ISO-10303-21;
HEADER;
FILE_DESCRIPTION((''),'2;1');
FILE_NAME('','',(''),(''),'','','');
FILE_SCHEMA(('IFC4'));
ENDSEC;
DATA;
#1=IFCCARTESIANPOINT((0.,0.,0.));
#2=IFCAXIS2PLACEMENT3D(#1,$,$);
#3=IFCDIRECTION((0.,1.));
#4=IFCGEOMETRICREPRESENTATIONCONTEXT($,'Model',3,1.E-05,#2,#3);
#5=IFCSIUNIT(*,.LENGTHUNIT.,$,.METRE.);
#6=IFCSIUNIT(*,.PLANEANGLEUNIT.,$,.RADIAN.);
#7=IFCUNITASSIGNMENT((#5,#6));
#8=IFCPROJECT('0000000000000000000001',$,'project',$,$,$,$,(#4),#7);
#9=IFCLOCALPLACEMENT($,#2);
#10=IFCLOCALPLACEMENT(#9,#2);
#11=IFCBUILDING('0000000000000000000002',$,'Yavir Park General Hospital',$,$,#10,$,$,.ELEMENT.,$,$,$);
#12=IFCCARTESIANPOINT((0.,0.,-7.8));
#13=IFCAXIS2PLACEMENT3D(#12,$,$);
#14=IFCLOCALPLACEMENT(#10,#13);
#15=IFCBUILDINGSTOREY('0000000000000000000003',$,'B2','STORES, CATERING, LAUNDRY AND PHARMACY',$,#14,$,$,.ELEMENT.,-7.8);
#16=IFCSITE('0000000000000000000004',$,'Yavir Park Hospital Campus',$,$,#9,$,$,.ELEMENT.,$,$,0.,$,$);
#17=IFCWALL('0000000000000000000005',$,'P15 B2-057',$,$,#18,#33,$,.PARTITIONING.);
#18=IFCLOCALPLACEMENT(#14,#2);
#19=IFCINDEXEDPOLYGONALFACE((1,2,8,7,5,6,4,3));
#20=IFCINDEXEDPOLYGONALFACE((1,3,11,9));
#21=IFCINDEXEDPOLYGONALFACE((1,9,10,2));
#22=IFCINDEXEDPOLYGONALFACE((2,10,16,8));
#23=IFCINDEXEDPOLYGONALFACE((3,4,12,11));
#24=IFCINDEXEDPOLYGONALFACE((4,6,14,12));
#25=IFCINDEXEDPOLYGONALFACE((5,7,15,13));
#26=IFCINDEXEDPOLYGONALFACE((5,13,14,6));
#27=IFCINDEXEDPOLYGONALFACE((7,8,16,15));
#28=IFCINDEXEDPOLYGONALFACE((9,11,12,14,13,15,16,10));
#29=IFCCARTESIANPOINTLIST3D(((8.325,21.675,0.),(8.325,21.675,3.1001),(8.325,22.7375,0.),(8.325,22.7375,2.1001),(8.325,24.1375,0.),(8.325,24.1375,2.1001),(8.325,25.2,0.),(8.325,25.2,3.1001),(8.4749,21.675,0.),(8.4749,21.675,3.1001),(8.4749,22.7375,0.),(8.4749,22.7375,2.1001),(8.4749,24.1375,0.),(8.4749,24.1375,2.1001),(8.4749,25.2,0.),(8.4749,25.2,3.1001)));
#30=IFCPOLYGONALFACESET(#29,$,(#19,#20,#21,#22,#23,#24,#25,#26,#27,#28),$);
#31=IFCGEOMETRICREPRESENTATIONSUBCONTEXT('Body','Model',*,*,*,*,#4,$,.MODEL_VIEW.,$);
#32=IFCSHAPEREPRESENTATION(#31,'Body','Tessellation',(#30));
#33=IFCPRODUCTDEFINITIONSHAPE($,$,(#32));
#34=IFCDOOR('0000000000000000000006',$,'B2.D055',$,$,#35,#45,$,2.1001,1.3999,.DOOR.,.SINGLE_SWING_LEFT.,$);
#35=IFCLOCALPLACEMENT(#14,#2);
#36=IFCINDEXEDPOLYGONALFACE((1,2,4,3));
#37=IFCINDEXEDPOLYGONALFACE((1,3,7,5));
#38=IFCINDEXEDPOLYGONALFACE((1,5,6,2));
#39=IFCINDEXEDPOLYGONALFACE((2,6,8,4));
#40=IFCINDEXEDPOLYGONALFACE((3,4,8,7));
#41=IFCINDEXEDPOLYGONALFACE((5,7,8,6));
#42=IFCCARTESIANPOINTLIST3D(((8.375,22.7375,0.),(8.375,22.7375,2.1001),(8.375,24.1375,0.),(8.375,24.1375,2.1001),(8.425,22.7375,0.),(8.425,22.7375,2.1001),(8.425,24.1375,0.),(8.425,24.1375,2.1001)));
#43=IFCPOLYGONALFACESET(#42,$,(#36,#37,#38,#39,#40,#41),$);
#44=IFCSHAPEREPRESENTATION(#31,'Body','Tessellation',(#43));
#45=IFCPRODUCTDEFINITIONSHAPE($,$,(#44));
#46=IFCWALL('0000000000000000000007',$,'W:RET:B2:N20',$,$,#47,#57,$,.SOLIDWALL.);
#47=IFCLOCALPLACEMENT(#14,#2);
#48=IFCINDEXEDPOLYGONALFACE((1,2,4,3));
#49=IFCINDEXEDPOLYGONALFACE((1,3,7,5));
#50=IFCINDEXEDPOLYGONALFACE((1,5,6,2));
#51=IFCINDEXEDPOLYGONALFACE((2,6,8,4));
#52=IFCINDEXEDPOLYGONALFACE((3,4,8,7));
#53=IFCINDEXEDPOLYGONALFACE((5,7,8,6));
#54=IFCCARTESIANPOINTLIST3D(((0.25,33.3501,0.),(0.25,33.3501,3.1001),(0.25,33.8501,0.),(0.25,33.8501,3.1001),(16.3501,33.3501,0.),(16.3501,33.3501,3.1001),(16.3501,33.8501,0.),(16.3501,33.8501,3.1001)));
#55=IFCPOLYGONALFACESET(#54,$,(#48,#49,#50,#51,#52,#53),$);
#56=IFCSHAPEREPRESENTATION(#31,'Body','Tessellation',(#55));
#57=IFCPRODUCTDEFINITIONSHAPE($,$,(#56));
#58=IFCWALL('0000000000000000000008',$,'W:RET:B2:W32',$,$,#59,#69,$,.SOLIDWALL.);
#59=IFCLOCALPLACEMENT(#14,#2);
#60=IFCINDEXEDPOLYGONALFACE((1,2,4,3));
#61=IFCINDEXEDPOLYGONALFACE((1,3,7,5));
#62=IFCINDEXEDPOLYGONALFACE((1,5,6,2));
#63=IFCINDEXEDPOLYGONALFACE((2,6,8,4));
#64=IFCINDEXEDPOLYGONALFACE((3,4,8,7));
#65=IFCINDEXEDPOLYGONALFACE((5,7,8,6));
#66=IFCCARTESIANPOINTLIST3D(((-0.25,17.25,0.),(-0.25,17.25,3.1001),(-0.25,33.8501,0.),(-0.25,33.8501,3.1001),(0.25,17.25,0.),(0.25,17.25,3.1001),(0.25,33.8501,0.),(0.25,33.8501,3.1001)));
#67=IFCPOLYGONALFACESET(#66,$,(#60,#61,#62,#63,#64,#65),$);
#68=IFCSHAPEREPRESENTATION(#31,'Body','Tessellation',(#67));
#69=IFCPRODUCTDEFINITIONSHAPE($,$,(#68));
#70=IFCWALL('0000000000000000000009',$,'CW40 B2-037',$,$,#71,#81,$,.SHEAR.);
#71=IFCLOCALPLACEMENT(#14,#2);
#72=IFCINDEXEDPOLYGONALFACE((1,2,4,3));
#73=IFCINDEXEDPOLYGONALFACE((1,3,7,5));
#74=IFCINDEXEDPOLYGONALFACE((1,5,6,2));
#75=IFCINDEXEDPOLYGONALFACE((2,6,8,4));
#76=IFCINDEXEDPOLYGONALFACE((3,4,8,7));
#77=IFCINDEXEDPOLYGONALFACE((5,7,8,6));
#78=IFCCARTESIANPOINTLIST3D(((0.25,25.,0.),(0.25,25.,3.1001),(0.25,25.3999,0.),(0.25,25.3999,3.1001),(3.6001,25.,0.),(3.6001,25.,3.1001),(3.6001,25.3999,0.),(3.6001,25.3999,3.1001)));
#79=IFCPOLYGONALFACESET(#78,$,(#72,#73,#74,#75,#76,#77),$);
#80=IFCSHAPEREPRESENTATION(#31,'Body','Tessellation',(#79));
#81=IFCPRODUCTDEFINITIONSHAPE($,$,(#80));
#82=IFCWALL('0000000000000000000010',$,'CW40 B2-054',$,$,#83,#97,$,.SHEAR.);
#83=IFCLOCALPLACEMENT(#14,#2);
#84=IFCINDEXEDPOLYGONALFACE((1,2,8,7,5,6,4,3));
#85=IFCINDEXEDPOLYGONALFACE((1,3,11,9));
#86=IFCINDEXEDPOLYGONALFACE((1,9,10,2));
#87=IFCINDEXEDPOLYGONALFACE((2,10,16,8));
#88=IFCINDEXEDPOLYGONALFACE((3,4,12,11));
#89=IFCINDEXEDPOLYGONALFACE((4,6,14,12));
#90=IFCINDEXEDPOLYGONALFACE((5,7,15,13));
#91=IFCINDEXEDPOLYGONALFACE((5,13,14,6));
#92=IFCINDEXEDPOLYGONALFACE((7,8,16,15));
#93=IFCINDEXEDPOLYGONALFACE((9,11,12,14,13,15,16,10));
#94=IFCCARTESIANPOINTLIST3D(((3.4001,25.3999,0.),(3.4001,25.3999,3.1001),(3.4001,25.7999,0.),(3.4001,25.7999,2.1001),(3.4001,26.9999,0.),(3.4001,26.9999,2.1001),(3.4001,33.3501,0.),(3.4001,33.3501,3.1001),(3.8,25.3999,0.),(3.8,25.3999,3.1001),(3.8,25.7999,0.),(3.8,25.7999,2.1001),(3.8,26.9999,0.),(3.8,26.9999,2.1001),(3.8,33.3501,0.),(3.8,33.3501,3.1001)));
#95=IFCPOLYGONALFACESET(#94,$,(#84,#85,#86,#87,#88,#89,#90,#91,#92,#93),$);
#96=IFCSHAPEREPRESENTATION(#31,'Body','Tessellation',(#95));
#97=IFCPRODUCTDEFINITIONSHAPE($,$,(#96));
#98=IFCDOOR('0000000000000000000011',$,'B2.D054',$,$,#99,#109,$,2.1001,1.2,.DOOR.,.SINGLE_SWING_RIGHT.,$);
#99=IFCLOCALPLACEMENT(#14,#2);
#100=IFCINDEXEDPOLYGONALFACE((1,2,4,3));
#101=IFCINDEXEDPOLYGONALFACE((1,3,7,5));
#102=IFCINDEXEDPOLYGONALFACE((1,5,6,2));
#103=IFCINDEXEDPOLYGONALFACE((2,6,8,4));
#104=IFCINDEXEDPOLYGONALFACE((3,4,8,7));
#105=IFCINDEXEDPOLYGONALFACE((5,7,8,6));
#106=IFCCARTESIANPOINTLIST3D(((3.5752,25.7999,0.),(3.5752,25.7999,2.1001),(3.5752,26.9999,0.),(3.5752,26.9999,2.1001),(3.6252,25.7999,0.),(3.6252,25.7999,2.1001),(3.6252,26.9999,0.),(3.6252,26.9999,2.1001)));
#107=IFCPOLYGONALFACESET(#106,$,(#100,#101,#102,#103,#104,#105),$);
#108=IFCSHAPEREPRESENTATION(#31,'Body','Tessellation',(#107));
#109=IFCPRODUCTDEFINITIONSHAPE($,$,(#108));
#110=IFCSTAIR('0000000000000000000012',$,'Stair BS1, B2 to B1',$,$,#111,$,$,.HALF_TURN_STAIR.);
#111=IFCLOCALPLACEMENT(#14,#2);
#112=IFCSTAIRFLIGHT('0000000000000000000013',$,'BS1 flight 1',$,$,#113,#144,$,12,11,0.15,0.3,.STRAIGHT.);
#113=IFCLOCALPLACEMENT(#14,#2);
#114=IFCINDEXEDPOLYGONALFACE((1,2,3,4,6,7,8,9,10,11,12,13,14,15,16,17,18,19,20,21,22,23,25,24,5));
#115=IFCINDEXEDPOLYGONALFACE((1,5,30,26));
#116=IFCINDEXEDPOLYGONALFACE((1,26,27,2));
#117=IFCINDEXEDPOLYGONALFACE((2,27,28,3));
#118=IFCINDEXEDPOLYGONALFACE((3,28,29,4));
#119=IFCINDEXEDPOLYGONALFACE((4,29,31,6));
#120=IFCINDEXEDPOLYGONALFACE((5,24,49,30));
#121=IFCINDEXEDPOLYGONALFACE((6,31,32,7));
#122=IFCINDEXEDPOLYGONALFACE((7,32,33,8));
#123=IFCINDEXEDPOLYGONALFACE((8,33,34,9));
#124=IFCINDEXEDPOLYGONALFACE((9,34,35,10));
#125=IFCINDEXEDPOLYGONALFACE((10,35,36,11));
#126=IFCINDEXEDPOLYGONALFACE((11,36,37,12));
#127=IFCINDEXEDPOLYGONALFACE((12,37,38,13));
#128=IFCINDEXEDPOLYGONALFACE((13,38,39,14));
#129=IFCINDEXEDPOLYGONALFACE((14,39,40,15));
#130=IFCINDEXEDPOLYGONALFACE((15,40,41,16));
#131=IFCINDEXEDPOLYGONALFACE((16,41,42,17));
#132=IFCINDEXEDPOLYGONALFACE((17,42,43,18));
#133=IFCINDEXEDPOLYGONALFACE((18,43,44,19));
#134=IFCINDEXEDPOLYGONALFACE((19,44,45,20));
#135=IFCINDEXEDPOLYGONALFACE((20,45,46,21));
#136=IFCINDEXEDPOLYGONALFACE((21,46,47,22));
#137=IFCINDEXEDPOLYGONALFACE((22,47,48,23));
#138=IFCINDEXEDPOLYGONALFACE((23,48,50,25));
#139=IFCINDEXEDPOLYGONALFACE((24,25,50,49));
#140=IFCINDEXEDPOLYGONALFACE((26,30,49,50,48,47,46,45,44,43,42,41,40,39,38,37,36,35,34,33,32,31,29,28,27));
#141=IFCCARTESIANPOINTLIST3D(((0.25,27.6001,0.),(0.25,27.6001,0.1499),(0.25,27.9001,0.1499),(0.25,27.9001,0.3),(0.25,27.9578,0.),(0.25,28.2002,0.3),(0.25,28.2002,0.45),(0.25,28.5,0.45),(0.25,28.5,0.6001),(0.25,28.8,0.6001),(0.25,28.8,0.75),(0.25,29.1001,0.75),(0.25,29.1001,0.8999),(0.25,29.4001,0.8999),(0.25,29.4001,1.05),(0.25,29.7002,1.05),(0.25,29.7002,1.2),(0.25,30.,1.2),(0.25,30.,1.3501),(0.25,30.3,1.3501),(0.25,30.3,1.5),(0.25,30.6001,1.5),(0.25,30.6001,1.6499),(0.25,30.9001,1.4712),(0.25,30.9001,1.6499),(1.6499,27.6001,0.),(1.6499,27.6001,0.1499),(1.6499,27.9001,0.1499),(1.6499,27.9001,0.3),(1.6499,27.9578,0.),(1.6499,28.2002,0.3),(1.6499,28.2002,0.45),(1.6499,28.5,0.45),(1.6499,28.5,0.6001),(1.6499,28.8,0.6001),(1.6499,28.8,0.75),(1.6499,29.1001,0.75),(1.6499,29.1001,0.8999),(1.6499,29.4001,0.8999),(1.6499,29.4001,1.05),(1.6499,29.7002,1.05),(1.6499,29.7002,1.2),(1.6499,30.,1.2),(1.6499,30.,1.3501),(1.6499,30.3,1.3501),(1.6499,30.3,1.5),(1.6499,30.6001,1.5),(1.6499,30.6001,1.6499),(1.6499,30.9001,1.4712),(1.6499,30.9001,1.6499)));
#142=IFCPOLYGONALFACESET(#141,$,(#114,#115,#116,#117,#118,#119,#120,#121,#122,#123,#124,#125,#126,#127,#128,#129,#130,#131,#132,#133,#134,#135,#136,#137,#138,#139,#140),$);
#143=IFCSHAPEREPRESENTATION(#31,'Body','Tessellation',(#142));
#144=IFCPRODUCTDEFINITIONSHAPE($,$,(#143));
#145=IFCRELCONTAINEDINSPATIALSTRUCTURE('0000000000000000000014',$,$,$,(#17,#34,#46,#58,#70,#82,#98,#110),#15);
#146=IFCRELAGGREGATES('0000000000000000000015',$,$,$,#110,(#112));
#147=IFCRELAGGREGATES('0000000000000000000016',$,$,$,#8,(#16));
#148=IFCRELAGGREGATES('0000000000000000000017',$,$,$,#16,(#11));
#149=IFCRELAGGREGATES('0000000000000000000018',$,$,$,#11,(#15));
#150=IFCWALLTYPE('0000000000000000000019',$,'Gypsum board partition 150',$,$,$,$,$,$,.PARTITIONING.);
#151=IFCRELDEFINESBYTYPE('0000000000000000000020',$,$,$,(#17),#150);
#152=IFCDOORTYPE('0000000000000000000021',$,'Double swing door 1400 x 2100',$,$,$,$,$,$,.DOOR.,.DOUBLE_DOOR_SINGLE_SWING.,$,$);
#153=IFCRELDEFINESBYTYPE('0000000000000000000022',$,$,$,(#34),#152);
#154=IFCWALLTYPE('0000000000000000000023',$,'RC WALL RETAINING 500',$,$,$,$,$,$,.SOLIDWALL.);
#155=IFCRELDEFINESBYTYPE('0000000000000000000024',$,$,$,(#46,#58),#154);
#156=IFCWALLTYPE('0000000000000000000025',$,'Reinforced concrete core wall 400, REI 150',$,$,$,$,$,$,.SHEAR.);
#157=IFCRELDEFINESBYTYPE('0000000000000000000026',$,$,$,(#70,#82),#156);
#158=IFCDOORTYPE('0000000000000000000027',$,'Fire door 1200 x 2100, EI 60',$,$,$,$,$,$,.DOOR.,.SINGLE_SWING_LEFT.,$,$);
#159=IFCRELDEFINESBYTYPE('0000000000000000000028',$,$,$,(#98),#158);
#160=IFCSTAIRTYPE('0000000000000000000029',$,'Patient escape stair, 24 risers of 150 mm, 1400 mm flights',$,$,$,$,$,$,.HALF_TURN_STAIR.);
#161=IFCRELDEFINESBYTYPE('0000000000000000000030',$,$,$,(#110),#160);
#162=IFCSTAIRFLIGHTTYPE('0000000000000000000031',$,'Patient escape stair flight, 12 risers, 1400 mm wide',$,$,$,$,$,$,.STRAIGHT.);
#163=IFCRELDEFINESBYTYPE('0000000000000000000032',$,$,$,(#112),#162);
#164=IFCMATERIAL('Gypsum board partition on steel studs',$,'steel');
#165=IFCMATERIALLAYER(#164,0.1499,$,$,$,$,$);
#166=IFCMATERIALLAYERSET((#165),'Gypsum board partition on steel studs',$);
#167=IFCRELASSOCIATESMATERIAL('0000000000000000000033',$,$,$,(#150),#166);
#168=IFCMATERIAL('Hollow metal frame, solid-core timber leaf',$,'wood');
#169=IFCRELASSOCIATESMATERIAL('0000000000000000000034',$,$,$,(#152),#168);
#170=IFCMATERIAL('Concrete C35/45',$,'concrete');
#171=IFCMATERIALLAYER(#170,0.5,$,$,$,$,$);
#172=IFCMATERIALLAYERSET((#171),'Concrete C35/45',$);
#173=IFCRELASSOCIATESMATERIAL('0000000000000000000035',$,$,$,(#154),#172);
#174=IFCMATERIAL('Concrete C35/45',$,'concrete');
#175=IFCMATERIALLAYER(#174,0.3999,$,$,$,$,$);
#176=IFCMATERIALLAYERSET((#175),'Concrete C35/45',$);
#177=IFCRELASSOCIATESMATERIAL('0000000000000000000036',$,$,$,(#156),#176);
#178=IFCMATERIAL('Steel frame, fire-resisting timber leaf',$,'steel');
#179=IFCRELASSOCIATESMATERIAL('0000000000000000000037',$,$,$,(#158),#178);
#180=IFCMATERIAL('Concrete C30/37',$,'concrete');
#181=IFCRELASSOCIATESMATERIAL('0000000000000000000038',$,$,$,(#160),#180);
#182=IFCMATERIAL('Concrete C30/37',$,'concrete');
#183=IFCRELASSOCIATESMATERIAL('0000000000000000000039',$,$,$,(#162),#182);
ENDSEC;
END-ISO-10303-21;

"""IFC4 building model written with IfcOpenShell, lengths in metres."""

from ifc_helpers import new_model, si_unit, direction, frame, frame_2d, origin, place, context, subcontext, project, spatial, polyline, rectangle, outline, extrude, material, layer, layer_set, type_object, element, fill, aggregate, save


model = new_model("IFC4")

# Units and contexts
model_context = context("Model", 3, precision=1e-05, world=origin(), true_north=direction((0.0, 1.0)))
body_context = subcontext(model_context, "Body", "Model", "MODEL_VIEW")
ifc_project = project(units=[si_unit("LENGTHUNIT", "METRE"), si_unit("PLANEANGLEUNIT", "RADIAN")], contexts=[model_context])

# Site, building, storey
site_placement = place(None, origin())
site = spatial("IfcSite", under=ifc_project, at=site_placement, Name="Yavir Park Hospital Campus", CompositionType="ELEMENT", RefElevation=0.0)
building_placement = place(site_placement, origin())
building = spatial("IfcBuilding", under=site, at=building_placement, Name="Yavir Park General Hospital", CompositionType="ELEMENT")
storey_placement = place(building_placement, frame((0.0, 0.0, -7.8)))
storey = spatial("IfcBuildingStorey", under=building, at=storey_placement, Name="B2", Description="STORES, CATERING, LAUNDRY AND PHARMACY", CompositionType="ELEMENT", Elevation=-7.8)

# Shared definitions
ifc_material_1 = material(Name="Gypsum board partition on steel studs", Category="steel")
ifc_layer_1 = layer(ifc_material_1, 0.1499)
ifc_layer_set_1 = layer_set([ifc_layer_1], Name="Gypsum board partition on steel studs")
wall_type_1 = type_object("IfcWallType", Name="Gypsum board partition 150", PredefinedType="PARTITIONING", material=ifc_layer_set_1)
ifc_material_2 = material(Name="Hollow metal frame, solid-core timber leaf", Category="wood")
door_type_1 = type_object("IfcDoorType", Name="Double swing door 1400 x 2100", OperationType="DOUBLE_DOOR_SINGLE_SWING", PredefinedType="DOOR", material=ifc_material_2)

# Wall, opening, door
wall_1_placement = place(storey_placement, frame((8.3999, 21.675, 0.0), z_axis=(0.0, 0.0, 1.0), x_axis=(0.0, 1.0, 0.0)))
wall_1 = element("IfcWall", 1, at=wall_1_placement, inside=storey, type_object=wall_type_1, Name="P15 B2-057", PredefinedType="PARTITIONING", context=body_context, shape_type="SweptSolid", body=[
    extrude(rectangle(XDim=3.5249, YDim=0.1499, at=frame_2d((1.7625, 0.0))), origin(), (0.0, 0.0, 1.0), 3.1001),
])
opening_1_placement = place(wall_1_placement, frame((1.0625, 0.0, 0.0)))
opening_1 = element("IfcOpeningElement", 2, at=opening_1_placement, cuts=wall_1, PredefinedType="OPENING", context=body_context, shape_type="SweptSolid", body=[
    extrude(rectangle(XDim=1.3999, YDim=2.1001, at=frame_2d((0.7, 1.05))), frame((0.0, 0.085, 0.0), z_axis=(0.0, -1.0, 0.0), x_axis=(1.0, 0.0, 0.0)), (0.0, 0.0, 1.0), 0.1699),
])
door_1_placement = place(opening_1_placement, origin())
door_1 = element("IfcDoor", 3, at=door_1_placement, inside=storey, type_object=door_type_1, Name="B2.D055", OperationType="SINGLE_SWING_LEFT", OverallHeight=2.1001, OverallWidth=1.3999, PredefinedType="DOOR", context=body_context, shape_type="SweptSolid", body=[
    extrude(rectangle(XDim=1.3999, YDim=2.1001, at=frame_2d((0.7, 1.05))), frame((0.0, 0.0249, 0.0), z_axis=(0.0, -1.0, 0.0), x_axis=(1.0, 0.0, 0.0)), (0.0, 0.0, 1.0), 0.05),
])
fill(opening_1, door_1)

# Walls
ifc_material_3 = material(Name="Concrete C35/45", Category="concrete")
ifc_layer_2 = layer(ifc_material_3, 0.5)
ifc_layer_set_2 = layer_set([ifc_layer_2], Name="Concrete C35/45")
wall_type_2 = type_object("IfcWallType", Name="RC WALL RETAINING 500", PredefinedType="SOLIDWALL", material=ifc_layer_set_2)
wall_2_placement = place(storey_placement, frame((0.25, 33.6001, 0.0), z_axis=(0.0, 0.0, 1.0), x_axis=(1.0, 0.0, 0.0)))
element("IfcWall", 4, at=wall_2_placement, inside=storey, type_object=wall_type_2, Name="W:RET:B2:N20", PredefinedType="SOLIDWALL", context=body_context, shape_type="SweptSolid", body=[
    extrude(rectangle(XDim=16.1001, YDim=0.5, at=frame_2d((8.05, 0.0))), origin(), (0.0, 0.0, 1.0), 3.1001),
])
wall_3_placement = place(storey_placement, frame((0.0, 17.25, 0.0), z_axis=(0.0, 0.0, 1.0), x_axis=(0.0, 1.0, 0.0)))
element("IfcWall", 5, at=wall_3_placement, inside=storey, type_object=wall_type_2, Name="W:RET:B2:W32", PredefinedType="SOLIDWALL", context=body_context, shape_type="SweptSolid", body=[
    extrude(rectangle(XDim=16.6001, YDim=0.5, at=frame_2d((8.3, 0.0))), origin(), (0.0, 0.0, 1.0), 3.1001),
])
ifc_material_4 = material(Name="Concrete C35/45", Category="concrete")
ifc_layer_3 = layer(ifc_material_4, 0.3999)
ifc_layer_set_3 = layer_set([ifc_layer_3], Name="Concrete C35/45")
wall_type_3 = type_object("IfcWallType", Name="Reinforced concrete core wall 400, REI 150", PredefinedType="SHEAR", material=ifc_layer_set_3)
wall_4_placement = place(storey_placement, frame((0.25, 25.2, 0.0), z_axis=(0.0, 0.0, 1.0), x_axis=(1.0, 0.0, 0.0)))
element("IfcWall", 6, at=wall_4_placement, inside=storey, type_object=wall_type_3, Name="CW40 B2-037", PredefinedType="SHEAR", context=body_context, shape_type="SweptSolid", body=[
    extrude(rectangle(XDim=3.3501, YDim=0.3999, at=frame_2d((1.675, 0.0))), origin(), (0.0, 0.0, 1.0), 3.1001),
])

# Wall, opening, door
wall_5_placement = place(storey_placement, frame((3.6001, 25.3999, 0.0), z_axis=(0.0, 0.0, 1.0), x_axis=(0.0, 1.0, 0.0)))
wall_5 = element("IfcWall", 7, at=wall_5_placement, inside=storey, type_object=wall_type_3, Name="CW40 B2-054", PredefinedType="SHEAR", context=body_context, shape_type="SweptSolid", body=[
    extrude(rectangle(XDim=7.9502, YDim=0.3999, at=frame_2d((3.9751, 0.0))), origin(), (0.0, 0.0, 1.0), 3.1001),
])
opening_2_placement = place(wall_5_placement, frame((0.3999, 0.0, 0.0)))
opening_2 = element("IfcOpeningElement", 8, at=opening_2_placement, cuts=wall_5, PredefinedType="OPENING", context=body_context, shape_type="SweptSolid", body=[
    extrude(rectangle(XDim=1.2, YDim=2.1001, at=frame_2d((0.6001, 1.05))), frame((0.0, 0.21, 0.0), z_axis=(0.0, -1.0, 0.0), x_axis=(1.0, 0.0, 0.0)), (0.0, 0.0, 1.0), 0.4199),
])
ifc_material_5 = material(Name="Steel frame, fire-resisting timber leaf", Category="steel")
door_type_2 = type_object("IfcDoorType", Name="Fire door 1200 x 2100, EI 60", OperationType="SINGLE_SWING_LEFT", PredefinedType="DOOR", material=ifc_material_5)
door_2_placement = place(opening_2_placement, origin())
door_2 = element("IfcDoor", 9, at=door_2_placement, inside=storey, type_object=door_type_2, Name="B2.D054", OperationType="SINGLE_SWING_RIGHT", OverallHeight=2.1001, OverallWidth=1.2, PredefinedType="DOOR", context=body_context, shape_type="SweptSolid", body=[
    extrude(rectangle(XDim=1.2, YDim=2.1001, at=frame_2d((0.6001, 1.05))), frame((0.0, 0.0249, 0.0), z_axis=(0.0, -1.0, 0.0), x_axis=(1.0, 0.0, 0.0)), (0.0, 0.0, 1.0), 0.05),
])
fill(opening_2, door_2)

# Stair, stair flight
ifc_material_6 = material(Name="Concrete C30/37", Category="concrete")
stair_type = type_object("IfcStairType", Name="Patient escape stair, 24 risers of 150 mm, 1400 mm flights", PredefinedType="HALF_TURN_STAIR", material=ifc_material_6)
stair_placement = place(storey_placement, origin())
stair = element("IfcStair", 10, at=stair_placement, inside=storey, type_object=stair_type, Name="Stair BS1, B2 to B1", PredefinedType="HALF_TURN_STAIR")
ifc_material_7 = material(Name="Concrete C30/37", Category="concrete")
stair_flight_type = type_object("IfcStairFlightType", Name="Patient escape stair flight, 12 risers, 1400 mm wide", PredefinedType="STRAIGHT", material=ifc_material_7)
stair_flight_1_placement = place(storey_placement, frame((0.95, 27.6001, 0.0), z_axis=(0.0, 0.0, 1.0), x_axis=(0.0, 1.0, 0.0)))
stair_flight_1 = element("IfcStairFlight", 11, at=stair_flight_1_placement, type_object=stair_flight_type, Name="BS1 flight 1", NumberOfRisers=12, NumberOfTreads=11, PredefinedType="STRAIGHT", RiserHeight=0.15, TreadLength=0.3, context=body_context, shape_type="SweptSolid", body=[
    extrude(outline(polyline([(0.0, 0.0), (0.0, 0.1499), (0.3, 0.1499), (0.3, 0.3), (0.6001, 0.3), (0.6001, 0.45), (0.8999, 0.45), (0.8999, 0.6001), (1.2, 0.6001), (1.2, 0.75), (1.5, 0.75), (1.5, 0.8999), (1.8, 0.8999), (1.8, 1.05), (2.1001, 1.05), (2.1001, 1.2), (2.3999, 1.2), (2.3999, 1.3501), (2.7, 1.3501), (2.7, 1.5), (3.0, 1.5), (3.0, 1.6499), (3.3, 1.6499), (3.3, 1.8), (3.3, 1.4712), (0.3577, 0.0), (0.0, 0.0)])), frame((0.0, 0.7, 0.0), z_axis=(0.0, -1.0, 0.0), x_axis=(1.0, 0.0, 0.0)), (0.0, 0.0, 1.0), 1.3999),
])
aggregate(stair, [stair_flight_1])

save(model, "model.ifc")
